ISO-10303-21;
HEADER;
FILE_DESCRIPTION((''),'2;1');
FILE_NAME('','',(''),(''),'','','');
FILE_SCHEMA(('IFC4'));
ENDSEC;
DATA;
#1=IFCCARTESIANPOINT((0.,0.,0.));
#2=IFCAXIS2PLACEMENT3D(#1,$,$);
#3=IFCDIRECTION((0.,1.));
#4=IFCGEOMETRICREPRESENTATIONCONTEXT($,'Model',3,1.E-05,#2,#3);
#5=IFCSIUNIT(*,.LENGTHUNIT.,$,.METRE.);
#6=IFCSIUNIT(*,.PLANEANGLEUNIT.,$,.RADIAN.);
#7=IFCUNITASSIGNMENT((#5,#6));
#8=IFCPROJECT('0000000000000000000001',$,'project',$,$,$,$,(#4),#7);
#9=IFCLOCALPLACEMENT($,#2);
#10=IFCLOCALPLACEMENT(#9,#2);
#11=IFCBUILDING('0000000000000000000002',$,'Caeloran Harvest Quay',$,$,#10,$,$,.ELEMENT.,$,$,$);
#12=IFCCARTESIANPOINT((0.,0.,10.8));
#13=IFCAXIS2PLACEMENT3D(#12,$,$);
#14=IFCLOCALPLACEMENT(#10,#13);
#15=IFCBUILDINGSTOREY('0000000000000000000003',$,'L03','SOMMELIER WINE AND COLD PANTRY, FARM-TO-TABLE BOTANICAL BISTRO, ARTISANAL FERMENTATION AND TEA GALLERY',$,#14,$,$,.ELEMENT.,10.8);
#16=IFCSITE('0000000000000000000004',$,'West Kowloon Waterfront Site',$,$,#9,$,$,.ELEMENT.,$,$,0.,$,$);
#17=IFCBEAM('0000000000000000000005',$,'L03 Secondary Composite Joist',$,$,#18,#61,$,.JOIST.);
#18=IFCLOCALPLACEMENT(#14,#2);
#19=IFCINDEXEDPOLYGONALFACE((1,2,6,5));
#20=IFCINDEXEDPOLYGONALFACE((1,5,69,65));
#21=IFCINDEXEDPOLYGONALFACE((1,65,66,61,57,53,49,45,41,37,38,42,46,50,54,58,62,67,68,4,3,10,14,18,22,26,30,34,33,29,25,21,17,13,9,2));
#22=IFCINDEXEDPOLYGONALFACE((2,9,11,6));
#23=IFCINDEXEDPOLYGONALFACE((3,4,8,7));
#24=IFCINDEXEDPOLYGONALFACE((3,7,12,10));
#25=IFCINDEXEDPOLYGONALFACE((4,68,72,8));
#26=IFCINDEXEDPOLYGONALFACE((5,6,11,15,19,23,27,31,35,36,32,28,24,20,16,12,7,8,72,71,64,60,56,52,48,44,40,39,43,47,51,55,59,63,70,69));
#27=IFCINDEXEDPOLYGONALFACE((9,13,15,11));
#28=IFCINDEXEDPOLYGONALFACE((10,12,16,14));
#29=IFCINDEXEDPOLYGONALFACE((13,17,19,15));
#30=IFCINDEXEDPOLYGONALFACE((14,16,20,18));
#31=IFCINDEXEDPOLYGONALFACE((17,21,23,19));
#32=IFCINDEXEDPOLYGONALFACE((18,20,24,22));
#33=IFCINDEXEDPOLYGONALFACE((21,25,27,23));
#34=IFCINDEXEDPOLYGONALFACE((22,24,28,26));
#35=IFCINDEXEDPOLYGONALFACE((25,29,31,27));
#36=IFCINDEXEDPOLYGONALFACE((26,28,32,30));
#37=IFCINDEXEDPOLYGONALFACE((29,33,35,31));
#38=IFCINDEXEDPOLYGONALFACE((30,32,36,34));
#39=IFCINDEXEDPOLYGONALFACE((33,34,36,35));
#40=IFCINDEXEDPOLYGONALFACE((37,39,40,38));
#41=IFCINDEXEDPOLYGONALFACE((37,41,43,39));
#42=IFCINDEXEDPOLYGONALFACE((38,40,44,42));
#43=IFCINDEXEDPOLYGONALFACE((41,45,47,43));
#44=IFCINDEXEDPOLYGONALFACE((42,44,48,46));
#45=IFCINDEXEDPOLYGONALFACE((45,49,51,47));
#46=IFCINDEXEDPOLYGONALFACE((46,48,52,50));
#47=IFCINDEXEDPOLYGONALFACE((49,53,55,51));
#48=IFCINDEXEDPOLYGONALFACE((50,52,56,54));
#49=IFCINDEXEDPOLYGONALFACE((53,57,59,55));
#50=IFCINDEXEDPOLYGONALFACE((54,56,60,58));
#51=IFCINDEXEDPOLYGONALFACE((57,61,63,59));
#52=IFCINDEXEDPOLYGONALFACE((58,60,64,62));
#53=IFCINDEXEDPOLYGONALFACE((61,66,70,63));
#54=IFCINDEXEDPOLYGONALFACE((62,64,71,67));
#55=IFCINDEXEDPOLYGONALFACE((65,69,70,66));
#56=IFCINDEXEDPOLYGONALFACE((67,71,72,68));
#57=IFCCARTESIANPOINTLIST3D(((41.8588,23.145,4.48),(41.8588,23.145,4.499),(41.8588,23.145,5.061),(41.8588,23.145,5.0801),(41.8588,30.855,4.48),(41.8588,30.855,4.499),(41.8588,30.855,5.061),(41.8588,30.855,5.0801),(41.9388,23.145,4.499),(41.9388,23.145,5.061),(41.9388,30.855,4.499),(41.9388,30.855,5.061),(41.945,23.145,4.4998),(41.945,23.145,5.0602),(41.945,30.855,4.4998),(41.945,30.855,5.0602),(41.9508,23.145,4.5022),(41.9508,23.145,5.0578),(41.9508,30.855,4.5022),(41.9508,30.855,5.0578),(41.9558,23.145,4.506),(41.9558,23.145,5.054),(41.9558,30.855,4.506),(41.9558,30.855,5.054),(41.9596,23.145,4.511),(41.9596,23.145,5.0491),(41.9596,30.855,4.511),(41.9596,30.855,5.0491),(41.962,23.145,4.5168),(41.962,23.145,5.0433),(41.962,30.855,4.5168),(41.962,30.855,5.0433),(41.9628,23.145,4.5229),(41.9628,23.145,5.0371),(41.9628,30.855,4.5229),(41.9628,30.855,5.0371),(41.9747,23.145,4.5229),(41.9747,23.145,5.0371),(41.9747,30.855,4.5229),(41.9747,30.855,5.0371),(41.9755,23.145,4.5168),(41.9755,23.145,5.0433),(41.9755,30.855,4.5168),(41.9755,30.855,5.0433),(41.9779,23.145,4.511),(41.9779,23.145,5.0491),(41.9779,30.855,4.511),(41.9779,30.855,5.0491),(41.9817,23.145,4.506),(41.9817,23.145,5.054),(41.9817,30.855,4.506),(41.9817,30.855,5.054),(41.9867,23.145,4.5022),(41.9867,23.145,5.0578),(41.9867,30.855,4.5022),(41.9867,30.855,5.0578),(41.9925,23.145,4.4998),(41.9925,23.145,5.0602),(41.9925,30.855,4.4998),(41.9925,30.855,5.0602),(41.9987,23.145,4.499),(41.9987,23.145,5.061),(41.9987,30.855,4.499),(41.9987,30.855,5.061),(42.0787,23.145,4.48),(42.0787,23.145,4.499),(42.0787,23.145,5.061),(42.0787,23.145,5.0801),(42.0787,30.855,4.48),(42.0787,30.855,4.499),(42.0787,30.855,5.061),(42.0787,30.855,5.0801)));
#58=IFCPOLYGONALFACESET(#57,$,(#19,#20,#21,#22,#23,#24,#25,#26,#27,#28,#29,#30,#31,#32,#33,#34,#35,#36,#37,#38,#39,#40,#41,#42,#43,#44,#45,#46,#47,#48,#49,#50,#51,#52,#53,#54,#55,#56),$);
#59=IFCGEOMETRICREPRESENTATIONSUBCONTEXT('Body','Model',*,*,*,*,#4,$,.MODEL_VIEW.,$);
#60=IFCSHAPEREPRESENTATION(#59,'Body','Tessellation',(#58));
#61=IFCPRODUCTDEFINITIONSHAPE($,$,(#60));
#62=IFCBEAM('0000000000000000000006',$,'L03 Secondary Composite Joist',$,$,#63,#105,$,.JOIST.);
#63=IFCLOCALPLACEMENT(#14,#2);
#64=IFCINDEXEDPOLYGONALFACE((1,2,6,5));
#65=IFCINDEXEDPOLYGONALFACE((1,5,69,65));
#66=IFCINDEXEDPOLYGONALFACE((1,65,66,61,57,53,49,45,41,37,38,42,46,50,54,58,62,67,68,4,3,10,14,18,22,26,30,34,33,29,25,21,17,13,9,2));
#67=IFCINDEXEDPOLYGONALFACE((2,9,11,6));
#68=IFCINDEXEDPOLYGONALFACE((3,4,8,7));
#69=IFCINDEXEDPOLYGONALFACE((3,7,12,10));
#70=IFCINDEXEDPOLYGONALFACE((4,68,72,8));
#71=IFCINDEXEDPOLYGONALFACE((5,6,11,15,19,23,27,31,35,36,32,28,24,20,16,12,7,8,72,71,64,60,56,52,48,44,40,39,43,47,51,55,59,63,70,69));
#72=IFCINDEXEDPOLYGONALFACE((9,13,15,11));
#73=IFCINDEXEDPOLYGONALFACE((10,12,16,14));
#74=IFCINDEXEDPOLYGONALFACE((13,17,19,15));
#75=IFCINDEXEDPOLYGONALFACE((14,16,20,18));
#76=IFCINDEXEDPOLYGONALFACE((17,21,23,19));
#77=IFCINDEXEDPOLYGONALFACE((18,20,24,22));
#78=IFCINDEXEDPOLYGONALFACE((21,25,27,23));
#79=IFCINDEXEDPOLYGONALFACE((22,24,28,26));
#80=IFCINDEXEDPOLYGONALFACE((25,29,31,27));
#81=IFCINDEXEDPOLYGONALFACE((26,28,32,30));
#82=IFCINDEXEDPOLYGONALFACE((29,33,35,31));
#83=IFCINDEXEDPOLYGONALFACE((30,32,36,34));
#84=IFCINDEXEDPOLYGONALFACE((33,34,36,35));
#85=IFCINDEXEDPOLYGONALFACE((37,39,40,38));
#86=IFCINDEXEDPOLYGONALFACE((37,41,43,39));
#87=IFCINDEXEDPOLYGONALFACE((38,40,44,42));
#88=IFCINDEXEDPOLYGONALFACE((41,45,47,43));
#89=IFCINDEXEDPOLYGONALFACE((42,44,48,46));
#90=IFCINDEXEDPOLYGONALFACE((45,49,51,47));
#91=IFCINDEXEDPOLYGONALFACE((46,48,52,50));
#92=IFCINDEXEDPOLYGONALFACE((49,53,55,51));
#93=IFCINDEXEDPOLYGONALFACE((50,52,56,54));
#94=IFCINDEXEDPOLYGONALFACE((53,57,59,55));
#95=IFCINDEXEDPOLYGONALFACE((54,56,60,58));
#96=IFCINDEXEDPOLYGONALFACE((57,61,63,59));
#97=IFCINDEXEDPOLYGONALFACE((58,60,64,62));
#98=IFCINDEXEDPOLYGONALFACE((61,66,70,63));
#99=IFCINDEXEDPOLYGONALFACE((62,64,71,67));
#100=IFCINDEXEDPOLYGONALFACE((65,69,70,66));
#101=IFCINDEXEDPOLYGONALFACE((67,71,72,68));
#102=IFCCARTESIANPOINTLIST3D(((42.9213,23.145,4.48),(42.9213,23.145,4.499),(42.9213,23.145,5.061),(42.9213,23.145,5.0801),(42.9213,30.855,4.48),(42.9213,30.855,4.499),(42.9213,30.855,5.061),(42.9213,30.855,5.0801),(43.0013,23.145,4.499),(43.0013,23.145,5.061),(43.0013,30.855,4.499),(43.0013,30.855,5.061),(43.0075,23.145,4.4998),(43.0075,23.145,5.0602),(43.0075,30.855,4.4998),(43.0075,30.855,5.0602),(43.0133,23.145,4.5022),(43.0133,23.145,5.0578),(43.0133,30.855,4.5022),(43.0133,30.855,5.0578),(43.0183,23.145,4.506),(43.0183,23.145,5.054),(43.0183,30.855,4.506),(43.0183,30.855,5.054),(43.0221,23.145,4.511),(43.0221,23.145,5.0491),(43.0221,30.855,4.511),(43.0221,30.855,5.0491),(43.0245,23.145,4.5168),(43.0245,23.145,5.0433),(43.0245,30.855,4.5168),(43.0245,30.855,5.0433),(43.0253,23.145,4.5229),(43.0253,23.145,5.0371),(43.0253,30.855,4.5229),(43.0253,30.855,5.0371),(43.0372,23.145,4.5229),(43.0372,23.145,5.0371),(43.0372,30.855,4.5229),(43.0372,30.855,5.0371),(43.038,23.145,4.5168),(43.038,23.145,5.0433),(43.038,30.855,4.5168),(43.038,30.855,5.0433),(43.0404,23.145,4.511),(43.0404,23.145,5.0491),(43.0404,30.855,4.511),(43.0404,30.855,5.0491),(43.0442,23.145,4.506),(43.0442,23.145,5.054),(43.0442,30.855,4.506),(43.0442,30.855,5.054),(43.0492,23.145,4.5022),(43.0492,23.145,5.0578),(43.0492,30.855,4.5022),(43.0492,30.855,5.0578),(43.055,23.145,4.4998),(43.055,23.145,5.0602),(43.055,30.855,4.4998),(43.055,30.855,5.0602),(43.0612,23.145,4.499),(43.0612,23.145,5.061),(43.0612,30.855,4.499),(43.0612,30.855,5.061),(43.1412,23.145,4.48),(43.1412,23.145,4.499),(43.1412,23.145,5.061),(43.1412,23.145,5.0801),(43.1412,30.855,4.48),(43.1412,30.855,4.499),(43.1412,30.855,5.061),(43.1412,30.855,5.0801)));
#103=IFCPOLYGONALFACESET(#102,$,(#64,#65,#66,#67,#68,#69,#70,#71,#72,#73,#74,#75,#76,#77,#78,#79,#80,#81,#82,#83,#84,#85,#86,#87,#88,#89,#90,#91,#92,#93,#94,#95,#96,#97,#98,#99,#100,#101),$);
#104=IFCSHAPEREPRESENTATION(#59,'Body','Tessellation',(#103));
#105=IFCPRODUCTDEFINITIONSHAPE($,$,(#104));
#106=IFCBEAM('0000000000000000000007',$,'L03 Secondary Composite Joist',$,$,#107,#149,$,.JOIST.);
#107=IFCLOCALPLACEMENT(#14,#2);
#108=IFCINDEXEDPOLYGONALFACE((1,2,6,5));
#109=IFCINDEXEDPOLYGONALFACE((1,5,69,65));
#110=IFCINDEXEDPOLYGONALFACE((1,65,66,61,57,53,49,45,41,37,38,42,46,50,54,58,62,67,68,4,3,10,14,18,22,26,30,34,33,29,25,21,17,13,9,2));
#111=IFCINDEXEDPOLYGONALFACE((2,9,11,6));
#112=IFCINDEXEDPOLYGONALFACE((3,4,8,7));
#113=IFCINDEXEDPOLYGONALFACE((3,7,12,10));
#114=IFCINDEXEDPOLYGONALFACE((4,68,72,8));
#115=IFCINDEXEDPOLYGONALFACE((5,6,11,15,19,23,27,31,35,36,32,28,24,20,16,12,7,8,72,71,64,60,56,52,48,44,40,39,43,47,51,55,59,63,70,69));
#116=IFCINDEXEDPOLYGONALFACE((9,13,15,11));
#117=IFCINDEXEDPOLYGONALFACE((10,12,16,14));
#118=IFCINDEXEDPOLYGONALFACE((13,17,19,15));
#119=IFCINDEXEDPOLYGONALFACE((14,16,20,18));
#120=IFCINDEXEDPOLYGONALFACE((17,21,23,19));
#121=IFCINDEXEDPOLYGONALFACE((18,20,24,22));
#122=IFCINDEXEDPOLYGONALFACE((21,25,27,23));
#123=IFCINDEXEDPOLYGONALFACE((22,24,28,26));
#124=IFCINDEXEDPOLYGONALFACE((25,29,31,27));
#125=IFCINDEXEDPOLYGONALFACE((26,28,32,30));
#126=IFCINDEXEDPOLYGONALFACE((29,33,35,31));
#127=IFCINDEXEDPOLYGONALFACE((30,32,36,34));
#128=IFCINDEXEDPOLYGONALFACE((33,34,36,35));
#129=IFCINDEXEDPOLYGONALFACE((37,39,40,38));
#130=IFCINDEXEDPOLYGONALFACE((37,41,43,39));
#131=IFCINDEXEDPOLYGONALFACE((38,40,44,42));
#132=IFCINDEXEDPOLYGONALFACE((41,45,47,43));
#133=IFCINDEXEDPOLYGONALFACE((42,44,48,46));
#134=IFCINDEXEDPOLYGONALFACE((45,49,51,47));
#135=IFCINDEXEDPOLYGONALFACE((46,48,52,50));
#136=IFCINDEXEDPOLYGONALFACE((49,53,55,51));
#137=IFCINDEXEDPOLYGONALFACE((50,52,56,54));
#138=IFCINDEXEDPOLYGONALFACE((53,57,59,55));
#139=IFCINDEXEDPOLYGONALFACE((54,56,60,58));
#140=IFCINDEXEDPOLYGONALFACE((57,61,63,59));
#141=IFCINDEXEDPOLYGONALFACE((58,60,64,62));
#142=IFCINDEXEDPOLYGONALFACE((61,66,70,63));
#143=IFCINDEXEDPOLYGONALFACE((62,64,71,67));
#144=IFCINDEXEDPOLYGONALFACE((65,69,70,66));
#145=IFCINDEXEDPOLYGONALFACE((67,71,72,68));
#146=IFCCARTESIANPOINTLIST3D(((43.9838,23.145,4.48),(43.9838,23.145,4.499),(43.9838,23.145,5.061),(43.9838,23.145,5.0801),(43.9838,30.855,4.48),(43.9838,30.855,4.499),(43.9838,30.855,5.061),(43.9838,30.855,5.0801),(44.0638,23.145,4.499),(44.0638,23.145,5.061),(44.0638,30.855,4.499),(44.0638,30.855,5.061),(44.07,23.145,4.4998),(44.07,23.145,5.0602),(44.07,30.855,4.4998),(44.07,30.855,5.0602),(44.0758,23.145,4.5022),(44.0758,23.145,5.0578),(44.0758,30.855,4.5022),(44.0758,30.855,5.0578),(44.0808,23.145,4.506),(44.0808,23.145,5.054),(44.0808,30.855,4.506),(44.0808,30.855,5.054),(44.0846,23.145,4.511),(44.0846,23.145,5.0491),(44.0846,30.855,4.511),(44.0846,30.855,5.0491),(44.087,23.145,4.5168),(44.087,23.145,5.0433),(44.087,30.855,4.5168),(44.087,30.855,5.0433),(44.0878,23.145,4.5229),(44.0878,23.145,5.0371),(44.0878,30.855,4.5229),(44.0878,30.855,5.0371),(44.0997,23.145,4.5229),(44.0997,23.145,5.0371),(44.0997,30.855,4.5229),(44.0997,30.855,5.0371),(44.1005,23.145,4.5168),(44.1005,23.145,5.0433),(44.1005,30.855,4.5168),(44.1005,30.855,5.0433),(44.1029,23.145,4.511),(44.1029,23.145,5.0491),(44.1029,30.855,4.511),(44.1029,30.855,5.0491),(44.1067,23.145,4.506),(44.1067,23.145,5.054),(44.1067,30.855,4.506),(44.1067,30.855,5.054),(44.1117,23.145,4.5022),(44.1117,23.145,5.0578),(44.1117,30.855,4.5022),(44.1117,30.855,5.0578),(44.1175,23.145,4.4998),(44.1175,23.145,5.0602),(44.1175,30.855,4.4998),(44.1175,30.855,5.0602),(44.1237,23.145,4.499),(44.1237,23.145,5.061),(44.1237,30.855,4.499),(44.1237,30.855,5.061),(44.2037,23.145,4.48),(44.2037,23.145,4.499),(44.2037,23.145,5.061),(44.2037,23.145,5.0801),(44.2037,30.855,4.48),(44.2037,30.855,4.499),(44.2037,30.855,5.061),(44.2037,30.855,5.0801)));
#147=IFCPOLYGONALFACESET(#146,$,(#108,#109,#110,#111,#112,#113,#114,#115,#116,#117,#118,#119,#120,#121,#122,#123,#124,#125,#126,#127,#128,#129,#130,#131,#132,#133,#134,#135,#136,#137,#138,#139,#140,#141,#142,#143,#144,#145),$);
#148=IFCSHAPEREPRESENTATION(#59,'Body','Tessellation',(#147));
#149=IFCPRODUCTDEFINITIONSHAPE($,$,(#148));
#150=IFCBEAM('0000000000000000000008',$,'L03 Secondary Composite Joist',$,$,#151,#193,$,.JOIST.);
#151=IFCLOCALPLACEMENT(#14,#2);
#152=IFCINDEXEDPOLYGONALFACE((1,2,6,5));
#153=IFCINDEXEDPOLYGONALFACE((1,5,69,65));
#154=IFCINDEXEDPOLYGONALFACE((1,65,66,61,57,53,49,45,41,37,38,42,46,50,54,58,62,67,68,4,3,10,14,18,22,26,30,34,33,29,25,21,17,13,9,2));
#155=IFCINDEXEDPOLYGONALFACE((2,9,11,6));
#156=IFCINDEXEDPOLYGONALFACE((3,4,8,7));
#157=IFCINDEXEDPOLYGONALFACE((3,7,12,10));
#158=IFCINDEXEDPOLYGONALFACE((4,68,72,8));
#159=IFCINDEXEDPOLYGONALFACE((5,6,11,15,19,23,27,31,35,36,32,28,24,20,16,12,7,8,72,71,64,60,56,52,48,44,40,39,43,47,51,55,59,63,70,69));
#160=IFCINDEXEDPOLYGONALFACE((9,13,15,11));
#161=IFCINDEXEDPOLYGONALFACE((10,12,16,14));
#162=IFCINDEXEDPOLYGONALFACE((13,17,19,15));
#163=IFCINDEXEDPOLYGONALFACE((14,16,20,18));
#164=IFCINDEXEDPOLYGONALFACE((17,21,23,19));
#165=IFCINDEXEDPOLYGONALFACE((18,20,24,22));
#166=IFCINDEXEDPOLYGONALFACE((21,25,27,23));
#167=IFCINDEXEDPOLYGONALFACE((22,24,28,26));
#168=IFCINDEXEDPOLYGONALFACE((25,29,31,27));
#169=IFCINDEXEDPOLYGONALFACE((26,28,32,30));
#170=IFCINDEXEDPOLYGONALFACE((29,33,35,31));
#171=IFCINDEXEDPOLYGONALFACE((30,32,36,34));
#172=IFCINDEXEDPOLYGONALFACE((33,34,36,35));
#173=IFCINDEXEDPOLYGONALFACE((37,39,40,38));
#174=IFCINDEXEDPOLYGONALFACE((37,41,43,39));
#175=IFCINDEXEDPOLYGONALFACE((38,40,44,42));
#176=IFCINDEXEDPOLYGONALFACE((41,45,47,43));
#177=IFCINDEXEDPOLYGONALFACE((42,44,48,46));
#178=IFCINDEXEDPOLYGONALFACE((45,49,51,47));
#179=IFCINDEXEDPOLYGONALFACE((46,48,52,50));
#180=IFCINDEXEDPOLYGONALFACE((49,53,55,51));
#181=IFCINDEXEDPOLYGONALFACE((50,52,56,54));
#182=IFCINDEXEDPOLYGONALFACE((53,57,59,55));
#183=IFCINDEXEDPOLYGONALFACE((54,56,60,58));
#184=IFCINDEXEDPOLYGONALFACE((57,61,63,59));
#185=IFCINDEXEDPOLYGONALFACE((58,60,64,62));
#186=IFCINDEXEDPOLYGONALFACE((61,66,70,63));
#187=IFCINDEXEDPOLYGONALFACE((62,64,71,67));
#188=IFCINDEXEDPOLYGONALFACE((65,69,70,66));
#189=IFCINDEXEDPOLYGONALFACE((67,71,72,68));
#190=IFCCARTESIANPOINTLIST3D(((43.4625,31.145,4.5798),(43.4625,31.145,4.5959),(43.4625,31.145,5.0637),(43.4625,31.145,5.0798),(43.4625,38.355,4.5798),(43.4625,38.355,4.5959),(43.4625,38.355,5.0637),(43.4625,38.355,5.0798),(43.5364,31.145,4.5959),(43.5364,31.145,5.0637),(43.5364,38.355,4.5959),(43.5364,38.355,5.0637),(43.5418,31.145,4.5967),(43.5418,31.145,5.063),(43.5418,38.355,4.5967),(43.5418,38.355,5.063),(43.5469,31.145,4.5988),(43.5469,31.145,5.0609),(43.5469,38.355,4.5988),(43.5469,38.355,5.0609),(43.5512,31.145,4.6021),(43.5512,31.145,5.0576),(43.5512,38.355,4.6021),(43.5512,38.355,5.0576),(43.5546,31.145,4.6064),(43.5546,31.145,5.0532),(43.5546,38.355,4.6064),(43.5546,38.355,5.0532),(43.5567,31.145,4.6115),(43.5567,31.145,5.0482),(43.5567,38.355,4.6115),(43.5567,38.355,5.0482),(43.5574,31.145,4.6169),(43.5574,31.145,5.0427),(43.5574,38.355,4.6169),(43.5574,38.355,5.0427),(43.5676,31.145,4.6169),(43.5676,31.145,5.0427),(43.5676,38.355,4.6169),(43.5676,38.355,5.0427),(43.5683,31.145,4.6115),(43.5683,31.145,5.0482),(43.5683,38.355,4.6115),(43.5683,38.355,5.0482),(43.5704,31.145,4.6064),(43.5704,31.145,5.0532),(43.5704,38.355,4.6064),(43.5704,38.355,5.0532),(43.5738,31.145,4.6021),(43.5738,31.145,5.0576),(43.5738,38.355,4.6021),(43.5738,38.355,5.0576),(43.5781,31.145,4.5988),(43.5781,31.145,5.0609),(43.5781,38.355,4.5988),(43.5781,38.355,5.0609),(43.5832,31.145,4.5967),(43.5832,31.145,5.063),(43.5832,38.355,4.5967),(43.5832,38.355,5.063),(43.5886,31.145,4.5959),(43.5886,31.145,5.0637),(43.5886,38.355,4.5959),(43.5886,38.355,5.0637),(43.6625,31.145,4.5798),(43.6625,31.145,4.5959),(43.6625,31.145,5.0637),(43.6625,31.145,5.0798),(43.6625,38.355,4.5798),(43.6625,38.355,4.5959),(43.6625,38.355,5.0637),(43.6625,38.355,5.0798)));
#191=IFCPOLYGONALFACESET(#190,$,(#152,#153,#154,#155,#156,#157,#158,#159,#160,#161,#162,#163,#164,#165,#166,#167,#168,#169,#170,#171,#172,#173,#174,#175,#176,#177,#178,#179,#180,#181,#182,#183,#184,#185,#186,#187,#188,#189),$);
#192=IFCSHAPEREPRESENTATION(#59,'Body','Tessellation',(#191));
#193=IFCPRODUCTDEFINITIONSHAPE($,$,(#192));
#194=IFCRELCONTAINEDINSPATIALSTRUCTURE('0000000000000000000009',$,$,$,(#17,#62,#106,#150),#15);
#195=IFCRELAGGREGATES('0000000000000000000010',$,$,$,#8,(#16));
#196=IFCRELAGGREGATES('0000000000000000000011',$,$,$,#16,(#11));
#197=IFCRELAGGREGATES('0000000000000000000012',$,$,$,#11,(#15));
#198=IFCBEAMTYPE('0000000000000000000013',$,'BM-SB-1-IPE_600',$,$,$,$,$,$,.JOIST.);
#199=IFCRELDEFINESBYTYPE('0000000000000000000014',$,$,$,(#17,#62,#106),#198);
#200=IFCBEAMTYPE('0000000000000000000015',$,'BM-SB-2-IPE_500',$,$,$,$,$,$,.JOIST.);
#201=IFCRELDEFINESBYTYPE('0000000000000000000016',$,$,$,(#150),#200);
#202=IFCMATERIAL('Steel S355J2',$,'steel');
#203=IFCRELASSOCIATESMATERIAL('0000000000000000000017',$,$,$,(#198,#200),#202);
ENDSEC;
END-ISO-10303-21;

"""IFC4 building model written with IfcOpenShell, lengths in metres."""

from ifc_helpers import new_model, si_unit, direction, frame, origin, origin_2d, place, context, subcontext, project, spatial, i_section, extrude, material, material_profile, profile_set, type_object, element, save


model = new_model("IFC4")

# Units and contexts
model_context = context("Model", 3, precision=1e-05, world=origin(), true_north=direction((0.0, 1.0)))
body_context = subcontext(model_context, "Body", "Model", "MODEL_VIEW")
ifc_project = project(units=[si_unit("LENGTHUNIT", "METRE"), si_unit("PLANEANGLEUNIT", "RADIAN")], contexts=[model_context])

# Site, building, storey
site_placement = place(None, origin())
site = spatial("IfcSite", under=ifc_project, at=site_placement, Name="West Kowloon Waterfront Site", CompositionType="ELEMENT", RefElevation=0.0)
building_placement = place(site_placement, origin())
building = spatial("IfcBuilding", under=site, at=building_placement, Name="Caeloran Harvest Quay", CompositionType="ELEMENT")
storey_placement = place(building_placement, frame((0.0, 0.0, 10.8)))
storey = spatial("IfcBuildingStorey", under=building, at=storey_placement, Name="L03", Description="SOMMELIER WINE AND COLD PANTRY, FARM-TO-TABLE BOTANICAL BISTRO, ARTISANAL FERMENTATION AND TEA GALLERY", CompositionType="ELEMENT", Elevation=10.8)

# Beams
ifc_material_1 = material(Name="Steel S355J2", Category="steel")
ifc_material_profile_1 = material_profile(ifc_material_1, i_section(OverallWidth=0.22, OverallDepth=0.6001, WebThickness=0.012, FlangeThickness=0.019, FilletRadius=0.0239, at=origin_2d()), Name="IPE 600")
ifc_profile_set_1 = profile_set([ifc_material_profile_1], Name="Steel S355J2")
beam_type_1 = type_object("IfcBeamType", Name="BM-SB-1-IPE_600", PredefinedType="JOIST", material=ifc_profile_set_1)
for number, where, z_axis, x_axis, name in (
    (1, (41.9688, 23.145, 4.78), (0.0, 1.0, 0.0), (-1.0, 0.0, 0.0), "L03 Secondary Composite Joist"),
    (2, (43.0312, 23.145, 4.78), (0.0, 1.0, 0.0), (-1.0, 0.0, 0.0), "L03 Secondary Composite Joist"),
    (3, (44.0938, 23.145, 4.78), (0.0, 1.0, 0.0), (-1.0, 0.0, 0.0), "L03 Secondary Composite Joist"),
):
    element("IfcBeam", number, at=place(storey_placement, frame(where, z_axis=z_axis, x_axis=x_axis)), inside=storey, type_object=beam_type_1, Name=name, PredefinedType="JOIST", context=body_context, shape_type="SweptSolid", body=[
        extrude(i_section(OverallWidth=0.22, OverallDepth=0.6001, WebThickness=0.012, FlangeThickness=0.019, FilletRadius=0.0239, at=origin_2d()), origin(), (0.0, 0.0, 1.0), 7.71),
    ])
ifc_material_profile_2 = material_profile(ifc_material_1, i_section(OverallWidth=0.2, OverallDepth=0.5, WebThickness=0.0103, FlangeThickness=0.0161, FilletRadius=0.021, at=origin_2d()), Name="IPE 500")
ifc_profile_set_2 = profile_set([ifc_material_profile_2], Name="Steel S355J2")
beam_type_2 = type_object("IfcBeamType", Name="BM-SB-2-IPE_500", PredefinedType="JOIST", material=ifc_profile_set_2)
for number, where, z_axis, x_axis, name in (
    (4, (43.5625, 31.145, 4.8298), (0.0, 1.0, 0.0), (-1.0, 0.0, 0.0), "L03 Secondary Composite Joist"),
):
    element("IfcBeam", number, at=place(storey_placement, frame(where, z_axis=z_axis, x_axis=x_axis)), inside=storey, type_object=beam_type_2, Name=name, PredefinedType="JOIST", context=body_context, shape_type="SweptSolid", body=[
        extrude(i_section(OverallWidth=0.2, OverallDepth=0.5, WebThickness=0.0103, FlangeThickness=0.0161, FilletRadius=0.021, at=origin_2d()), origin(), (0.0, 0.0, 1.0), 7.21),
    ])

save(model, "model.ifc")
